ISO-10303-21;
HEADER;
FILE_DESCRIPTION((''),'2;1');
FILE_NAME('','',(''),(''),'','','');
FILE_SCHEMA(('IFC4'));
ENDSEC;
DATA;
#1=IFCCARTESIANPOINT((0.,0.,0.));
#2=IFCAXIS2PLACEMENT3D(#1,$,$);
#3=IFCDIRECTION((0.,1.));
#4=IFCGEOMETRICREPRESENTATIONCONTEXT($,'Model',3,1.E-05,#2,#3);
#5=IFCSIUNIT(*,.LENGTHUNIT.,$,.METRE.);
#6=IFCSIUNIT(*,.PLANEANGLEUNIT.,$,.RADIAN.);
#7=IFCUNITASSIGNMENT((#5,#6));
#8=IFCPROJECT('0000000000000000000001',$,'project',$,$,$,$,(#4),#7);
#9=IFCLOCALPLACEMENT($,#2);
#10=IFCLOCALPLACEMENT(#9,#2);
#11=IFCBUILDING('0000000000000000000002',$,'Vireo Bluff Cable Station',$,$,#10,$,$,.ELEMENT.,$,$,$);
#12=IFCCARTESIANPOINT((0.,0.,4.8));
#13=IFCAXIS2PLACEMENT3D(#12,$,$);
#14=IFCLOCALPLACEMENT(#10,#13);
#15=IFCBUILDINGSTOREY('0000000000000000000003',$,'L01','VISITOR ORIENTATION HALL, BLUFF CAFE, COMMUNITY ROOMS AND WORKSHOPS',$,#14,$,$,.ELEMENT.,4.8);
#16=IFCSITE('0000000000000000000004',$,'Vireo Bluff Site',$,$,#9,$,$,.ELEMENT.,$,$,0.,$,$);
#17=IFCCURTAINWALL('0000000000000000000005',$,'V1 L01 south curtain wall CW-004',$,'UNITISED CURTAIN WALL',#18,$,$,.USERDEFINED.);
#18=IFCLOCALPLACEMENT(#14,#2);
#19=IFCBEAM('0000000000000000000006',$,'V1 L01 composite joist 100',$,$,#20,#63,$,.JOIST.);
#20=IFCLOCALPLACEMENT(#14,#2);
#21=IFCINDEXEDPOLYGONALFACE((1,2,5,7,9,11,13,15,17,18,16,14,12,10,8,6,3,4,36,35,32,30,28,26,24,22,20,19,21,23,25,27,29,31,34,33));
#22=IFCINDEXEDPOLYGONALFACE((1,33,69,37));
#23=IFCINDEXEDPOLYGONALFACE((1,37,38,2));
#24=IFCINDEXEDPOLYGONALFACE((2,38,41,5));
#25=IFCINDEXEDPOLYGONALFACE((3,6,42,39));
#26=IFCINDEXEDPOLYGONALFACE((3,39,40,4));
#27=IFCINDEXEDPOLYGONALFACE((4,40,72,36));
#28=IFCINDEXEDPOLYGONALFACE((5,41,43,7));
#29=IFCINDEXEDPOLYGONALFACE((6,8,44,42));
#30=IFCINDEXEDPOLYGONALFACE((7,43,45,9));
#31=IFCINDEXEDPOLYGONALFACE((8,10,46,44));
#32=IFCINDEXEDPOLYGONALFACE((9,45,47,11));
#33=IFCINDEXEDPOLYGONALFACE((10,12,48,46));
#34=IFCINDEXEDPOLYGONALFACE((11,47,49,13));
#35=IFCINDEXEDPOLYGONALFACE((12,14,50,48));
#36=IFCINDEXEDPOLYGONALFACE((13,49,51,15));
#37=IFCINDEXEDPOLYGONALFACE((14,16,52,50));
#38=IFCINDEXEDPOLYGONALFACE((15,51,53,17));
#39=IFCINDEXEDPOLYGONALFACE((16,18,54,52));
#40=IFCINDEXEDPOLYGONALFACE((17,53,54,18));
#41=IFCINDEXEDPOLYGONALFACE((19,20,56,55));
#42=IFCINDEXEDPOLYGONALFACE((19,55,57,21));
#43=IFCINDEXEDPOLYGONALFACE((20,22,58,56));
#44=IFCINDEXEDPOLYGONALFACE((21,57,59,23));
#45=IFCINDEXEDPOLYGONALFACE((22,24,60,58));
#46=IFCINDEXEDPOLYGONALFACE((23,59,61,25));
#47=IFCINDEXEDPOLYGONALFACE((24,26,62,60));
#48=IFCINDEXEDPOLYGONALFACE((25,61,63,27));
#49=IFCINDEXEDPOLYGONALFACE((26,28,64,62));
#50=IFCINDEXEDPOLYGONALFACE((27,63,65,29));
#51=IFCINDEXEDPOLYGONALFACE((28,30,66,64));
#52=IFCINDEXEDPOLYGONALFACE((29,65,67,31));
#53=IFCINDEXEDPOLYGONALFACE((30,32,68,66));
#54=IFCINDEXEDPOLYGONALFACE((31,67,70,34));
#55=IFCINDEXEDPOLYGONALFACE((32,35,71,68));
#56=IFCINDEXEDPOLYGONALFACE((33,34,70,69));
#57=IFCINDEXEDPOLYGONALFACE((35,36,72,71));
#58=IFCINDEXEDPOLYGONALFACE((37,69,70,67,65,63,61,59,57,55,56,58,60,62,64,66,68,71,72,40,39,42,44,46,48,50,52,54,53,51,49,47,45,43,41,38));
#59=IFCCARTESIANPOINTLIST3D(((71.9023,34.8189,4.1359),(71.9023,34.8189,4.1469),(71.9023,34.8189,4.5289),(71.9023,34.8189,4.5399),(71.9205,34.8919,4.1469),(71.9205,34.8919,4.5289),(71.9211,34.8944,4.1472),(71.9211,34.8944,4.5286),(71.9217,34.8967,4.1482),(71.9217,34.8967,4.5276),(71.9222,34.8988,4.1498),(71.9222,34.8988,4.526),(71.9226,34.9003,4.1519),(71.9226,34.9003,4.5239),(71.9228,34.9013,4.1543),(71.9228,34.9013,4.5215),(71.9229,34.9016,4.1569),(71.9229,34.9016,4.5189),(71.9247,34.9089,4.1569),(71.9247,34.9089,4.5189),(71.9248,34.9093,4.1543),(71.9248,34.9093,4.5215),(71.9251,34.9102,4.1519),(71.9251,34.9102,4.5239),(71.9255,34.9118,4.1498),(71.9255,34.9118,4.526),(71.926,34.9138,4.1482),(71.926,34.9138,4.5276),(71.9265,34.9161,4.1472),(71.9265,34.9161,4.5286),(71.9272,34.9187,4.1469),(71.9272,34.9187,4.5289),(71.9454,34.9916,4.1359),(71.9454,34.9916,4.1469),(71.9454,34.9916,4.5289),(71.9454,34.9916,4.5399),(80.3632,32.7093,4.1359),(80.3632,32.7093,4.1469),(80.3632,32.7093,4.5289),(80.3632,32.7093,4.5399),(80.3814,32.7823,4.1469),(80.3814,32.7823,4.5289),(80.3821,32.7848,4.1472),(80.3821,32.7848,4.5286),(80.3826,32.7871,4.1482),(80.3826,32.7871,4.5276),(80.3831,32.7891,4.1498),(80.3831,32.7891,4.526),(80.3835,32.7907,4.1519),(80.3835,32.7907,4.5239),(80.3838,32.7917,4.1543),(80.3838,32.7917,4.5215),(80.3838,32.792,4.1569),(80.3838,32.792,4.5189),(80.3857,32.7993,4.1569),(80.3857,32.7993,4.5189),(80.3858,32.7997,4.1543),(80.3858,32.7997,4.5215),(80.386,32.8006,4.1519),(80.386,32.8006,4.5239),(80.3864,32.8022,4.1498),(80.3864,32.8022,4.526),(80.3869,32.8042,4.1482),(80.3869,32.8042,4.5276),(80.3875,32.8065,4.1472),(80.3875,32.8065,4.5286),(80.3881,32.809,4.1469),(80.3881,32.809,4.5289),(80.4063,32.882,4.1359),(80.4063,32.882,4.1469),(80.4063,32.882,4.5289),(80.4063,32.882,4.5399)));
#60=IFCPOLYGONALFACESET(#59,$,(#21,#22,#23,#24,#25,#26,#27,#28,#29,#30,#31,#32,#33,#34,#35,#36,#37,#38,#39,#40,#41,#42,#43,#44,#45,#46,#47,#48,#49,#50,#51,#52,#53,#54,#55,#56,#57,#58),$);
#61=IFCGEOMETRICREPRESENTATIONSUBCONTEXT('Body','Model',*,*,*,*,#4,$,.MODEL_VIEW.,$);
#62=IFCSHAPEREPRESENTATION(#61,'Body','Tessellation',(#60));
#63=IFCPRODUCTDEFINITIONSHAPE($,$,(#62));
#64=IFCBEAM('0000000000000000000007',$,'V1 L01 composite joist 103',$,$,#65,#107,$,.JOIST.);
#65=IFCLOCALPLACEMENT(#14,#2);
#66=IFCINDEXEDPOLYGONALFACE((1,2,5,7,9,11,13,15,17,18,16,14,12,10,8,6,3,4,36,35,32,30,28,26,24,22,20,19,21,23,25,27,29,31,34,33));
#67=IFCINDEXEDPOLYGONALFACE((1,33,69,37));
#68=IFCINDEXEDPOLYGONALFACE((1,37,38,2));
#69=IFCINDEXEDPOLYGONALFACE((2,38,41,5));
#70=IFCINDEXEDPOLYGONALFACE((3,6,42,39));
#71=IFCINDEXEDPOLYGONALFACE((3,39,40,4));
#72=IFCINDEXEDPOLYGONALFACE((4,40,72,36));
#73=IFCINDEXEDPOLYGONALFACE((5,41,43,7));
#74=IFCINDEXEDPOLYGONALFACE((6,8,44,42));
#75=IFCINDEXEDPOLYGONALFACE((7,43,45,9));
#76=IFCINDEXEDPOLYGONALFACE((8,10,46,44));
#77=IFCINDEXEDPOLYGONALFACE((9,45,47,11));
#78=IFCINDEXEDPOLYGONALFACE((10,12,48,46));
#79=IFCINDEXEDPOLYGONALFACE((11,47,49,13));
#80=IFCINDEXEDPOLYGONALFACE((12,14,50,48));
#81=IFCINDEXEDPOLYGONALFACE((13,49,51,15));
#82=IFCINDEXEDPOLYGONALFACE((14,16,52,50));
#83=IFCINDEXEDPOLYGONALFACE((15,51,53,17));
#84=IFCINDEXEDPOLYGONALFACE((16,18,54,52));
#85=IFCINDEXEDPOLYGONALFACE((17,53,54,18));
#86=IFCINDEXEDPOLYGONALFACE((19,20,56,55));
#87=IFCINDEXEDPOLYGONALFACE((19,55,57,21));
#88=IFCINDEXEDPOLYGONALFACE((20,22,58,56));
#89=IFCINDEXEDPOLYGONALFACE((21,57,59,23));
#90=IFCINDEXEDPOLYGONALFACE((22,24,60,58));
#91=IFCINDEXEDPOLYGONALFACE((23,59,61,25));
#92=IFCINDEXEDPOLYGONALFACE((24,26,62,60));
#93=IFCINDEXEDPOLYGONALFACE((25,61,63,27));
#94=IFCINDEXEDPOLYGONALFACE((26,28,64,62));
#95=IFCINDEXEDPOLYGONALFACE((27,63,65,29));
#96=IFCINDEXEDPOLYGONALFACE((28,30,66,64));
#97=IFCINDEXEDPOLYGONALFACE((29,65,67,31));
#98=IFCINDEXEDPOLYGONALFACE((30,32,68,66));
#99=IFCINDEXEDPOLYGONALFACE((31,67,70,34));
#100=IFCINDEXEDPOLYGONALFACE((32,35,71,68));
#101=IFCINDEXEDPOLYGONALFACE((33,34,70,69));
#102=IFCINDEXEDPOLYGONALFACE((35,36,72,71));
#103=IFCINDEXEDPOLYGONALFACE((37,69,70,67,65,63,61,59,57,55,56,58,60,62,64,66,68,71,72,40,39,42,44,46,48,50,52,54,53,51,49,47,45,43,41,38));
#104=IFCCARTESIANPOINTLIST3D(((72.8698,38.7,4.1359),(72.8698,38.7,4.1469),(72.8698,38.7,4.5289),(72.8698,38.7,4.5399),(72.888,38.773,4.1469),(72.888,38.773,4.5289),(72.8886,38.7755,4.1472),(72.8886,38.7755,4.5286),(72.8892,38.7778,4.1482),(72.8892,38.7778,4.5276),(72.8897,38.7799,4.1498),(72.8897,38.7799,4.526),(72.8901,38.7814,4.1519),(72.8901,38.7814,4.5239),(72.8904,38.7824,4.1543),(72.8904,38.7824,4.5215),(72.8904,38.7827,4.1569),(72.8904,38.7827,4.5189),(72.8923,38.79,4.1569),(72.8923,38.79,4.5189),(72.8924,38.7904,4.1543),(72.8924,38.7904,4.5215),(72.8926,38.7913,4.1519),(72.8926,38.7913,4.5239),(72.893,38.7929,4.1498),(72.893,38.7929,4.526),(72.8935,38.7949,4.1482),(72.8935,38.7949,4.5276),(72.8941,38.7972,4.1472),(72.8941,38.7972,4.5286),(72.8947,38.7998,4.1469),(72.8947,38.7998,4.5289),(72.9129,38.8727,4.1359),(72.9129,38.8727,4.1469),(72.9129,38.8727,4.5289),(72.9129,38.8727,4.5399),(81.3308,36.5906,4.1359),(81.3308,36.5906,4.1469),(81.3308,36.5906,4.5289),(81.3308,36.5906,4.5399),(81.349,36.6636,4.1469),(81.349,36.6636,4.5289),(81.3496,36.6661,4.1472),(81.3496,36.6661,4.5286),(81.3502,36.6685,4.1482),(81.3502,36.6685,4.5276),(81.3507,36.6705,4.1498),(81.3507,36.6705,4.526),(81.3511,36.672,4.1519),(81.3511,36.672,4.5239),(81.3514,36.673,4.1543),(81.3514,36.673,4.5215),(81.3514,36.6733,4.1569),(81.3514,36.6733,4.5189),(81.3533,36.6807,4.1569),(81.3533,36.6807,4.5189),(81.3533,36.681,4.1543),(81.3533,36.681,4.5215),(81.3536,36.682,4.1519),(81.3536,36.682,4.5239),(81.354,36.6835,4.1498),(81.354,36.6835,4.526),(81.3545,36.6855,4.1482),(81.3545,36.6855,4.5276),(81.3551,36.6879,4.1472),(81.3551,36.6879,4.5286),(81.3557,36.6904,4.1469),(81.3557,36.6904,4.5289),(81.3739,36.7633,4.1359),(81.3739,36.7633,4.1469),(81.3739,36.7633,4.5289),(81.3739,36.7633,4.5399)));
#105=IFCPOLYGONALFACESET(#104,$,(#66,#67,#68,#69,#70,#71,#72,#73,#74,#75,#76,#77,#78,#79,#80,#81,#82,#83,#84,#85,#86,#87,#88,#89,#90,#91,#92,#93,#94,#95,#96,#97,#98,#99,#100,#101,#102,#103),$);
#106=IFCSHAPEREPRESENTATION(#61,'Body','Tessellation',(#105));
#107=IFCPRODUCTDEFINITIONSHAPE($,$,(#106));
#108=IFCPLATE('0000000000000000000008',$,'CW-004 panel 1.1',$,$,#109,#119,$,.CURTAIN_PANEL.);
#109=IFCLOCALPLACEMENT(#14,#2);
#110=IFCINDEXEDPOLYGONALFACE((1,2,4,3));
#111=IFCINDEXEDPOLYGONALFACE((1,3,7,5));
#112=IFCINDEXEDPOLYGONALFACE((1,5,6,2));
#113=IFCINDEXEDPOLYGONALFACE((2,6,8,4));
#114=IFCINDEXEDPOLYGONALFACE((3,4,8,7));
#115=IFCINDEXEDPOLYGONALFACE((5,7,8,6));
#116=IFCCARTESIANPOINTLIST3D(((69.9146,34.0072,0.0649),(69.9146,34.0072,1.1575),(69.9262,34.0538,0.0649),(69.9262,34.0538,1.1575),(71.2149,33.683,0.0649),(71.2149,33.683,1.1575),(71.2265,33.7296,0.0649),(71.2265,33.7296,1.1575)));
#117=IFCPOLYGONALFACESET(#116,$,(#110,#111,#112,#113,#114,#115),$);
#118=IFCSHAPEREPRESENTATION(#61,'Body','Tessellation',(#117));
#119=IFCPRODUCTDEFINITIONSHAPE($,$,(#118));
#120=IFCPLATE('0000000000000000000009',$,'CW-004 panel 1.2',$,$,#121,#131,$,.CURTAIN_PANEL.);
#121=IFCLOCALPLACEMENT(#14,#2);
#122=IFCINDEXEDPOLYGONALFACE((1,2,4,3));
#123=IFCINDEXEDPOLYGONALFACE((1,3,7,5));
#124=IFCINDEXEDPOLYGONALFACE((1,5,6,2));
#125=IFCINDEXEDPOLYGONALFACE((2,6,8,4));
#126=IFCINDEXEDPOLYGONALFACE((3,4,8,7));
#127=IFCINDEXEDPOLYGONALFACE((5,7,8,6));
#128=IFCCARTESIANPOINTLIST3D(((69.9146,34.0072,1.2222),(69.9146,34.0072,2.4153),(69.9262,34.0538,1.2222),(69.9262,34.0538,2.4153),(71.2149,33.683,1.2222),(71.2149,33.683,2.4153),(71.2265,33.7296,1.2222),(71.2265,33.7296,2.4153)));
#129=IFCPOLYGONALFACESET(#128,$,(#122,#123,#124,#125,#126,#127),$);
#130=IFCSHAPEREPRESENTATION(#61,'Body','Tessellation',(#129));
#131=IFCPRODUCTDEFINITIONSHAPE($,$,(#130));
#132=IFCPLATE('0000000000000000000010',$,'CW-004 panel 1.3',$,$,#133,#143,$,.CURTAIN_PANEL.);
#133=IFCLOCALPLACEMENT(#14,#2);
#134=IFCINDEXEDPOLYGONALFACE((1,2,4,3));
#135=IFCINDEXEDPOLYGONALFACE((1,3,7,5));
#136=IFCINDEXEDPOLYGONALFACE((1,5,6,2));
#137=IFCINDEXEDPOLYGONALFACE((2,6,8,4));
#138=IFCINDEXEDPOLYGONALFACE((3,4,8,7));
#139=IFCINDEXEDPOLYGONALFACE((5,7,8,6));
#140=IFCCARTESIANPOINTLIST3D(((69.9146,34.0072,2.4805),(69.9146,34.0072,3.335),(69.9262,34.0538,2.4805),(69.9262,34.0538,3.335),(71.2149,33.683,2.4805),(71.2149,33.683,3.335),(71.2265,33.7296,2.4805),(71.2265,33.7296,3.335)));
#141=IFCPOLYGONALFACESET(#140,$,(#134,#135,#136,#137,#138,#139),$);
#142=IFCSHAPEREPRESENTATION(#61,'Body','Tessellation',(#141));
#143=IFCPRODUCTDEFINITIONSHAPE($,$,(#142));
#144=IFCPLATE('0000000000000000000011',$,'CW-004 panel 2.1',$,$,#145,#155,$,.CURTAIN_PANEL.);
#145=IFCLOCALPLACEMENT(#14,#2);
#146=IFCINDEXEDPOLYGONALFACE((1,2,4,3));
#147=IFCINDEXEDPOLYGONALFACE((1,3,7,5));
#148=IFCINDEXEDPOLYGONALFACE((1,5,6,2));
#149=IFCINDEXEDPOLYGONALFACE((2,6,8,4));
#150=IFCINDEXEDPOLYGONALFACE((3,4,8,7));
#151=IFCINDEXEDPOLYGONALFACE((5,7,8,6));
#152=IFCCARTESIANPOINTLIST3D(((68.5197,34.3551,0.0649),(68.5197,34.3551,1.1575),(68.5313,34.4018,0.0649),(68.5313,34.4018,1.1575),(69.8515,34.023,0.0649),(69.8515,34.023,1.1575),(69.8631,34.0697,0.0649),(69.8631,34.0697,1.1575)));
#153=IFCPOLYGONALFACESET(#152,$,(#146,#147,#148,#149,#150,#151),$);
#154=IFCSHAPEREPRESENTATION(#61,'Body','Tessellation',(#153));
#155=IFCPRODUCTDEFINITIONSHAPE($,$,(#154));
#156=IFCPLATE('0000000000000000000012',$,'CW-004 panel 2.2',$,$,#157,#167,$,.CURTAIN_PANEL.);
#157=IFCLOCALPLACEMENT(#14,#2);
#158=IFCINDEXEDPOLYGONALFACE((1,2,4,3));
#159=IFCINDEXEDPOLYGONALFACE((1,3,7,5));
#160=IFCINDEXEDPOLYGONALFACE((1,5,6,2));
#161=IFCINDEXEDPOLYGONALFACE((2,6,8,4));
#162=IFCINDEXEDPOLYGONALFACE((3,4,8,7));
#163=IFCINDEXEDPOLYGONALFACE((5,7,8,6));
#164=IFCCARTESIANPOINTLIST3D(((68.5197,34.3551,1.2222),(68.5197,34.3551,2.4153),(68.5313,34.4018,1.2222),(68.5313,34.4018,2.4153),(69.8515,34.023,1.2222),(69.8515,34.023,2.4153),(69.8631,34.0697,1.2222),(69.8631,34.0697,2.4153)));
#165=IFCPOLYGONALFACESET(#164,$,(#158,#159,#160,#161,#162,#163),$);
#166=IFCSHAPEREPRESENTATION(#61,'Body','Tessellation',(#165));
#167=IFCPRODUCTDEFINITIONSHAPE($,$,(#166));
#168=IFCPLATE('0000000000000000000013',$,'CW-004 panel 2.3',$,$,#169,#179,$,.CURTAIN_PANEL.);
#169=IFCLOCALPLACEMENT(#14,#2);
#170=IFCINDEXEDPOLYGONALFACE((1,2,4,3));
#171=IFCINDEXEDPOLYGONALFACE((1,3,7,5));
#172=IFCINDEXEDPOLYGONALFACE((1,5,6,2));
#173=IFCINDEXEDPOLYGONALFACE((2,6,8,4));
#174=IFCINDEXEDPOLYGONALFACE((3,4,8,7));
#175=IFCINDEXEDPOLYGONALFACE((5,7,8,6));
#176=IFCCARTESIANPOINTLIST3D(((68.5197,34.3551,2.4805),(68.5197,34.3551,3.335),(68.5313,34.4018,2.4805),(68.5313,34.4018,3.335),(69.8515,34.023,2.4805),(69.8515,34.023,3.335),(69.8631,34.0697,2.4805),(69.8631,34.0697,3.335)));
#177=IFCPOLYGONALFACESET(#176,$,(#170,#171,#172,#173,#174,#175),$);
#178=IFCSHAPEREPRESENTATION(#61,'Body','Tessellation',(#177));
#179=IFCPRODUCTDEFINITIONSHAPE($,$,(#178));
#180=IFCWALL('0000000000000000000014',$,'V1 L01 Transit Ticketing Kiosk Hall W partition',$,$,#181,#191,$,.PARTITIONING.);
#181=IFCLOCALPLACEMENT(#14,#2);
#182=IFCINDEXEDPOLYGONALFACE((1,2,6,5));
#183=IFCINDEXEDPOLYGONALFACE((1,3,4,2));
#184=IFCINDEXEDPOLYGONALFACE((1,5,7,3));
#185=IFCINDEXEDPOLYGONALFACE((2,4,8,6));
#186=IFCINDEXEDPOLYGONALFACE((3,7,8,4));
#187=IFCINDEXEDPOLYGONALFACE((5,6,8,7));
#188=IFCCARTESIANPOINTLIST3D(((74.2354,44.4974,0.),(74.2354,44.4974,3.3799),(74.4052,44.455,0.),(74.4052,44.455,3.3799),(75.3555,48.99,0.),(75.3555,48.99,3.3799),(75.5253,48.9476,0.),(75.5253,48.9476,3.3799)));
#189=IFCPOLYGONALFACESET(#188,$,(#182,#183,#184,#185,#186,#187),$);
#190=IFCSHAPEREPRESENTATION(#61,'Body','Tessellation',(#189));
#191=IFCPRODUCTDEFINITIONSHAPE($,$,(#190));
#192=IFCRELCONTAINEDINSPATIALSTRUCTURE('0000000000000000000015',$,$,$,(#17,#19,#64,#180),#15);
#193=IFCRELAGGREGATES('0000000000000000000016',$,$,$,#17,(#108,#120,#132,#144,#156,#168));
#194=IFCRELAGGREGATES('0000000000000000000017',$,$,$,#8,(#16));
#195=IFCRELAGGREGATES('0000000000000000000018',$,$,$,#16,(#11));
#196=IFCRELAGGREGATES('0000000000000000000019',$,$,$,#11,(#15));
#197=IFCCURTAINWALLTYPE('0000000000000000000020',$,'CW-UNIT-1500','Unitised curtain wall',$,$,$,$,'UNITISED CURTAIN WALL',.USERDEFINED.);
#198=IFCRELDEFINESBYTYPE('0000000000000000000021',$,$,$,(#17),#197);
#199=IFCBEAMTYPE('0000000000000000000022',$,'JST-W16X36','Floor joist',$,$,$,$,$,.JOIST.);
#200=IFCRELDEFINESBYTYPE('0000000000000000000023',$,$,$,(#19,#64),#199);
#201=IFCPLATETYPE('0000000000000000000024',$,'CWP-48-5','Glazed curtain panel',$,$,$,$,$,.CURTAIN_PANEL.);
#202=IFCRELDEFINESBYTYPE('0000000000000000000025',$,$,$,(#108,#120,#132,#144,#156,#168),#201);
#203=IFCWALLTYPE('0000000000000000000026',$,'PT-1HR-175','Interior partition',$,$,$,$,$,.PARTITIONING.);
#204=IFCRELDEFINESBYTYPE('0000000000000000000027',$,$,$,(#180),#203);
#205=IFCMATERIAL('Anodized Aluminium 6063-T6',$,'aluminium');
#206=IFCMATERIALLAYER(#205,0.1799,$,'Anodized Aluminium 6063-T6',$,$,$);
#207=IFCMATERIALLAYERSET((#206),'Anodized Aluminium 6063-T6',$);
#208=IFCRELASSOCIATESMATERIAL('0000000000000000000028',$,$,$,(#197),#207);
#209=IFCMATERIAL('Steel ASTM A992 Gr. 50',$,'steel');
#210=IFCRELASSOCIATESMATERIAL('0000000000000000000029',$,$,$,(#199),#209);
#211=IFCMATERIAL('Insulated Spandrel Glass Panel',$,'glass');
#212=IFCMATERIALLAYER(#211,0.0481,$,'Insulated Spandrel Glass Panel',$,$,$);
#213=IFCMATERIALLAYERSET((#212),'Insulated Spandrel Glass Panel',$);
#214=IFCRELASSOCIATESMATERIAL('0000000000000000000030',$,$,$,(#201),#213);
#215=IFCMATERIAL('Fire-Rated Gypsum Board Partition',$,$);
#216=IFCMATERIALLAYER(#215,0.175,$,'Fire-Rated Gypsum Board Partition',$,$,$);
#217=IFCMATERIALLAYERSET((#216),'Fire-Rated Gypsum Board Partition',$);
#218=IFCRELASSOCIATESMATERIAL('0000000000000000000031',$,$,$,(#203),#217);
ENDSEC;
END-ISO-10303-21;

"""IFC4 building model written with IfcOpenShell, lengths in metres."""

from ifc_helpers import new_model, si_unit, direction, frame, frame_2d, origin, origin_2d, place, context, subcontext, project, spatial, rectangle, i_section, extrude, material, layer, layer_set, material_profile, profile_set, type_object, element, aggregate, save


model = new_model("IFC4")

# Units and contexts
model_context = context("Model", 3, precision=1e-05, world=origin(), true_north=direction((0.0, 1.0)))
body_context = subcontext(model_context, "Body", "Model", "MODEL_VIEW")
ifc_project = project(units=[si_unit("LENGTHUNIT", "METRE"), si_unit("PLANEANGLEUNIT", "RADIAN")], contexts=[model_context])

# Site, building, storey
site_placement = place(None, origin())
site = spatial("IfcSite", under=ifc_project, at=site_placement, Name="Vireo Bluff Site", CompositionType="ELEMENT", RefElevation=0.0)
building_placement = place(site_placement, origin())
building = spatial("IfcBuilding", under=site, at=building_placement, Name="Vireo Bluff Cable Station", CompositionType="ELEMENT")
storey_placement = place(building_placement, frame((0.0, 0.0, 4.8)))
storey = spatial("IfcBuildingStorey", under=building, at=storey_placement, Name="L01", Description="VISITOR ORIENTATION HALL, BLUFF CAFE, COMMUNITY ROOMS AND WORKSHOPS", CompositionType="ELEMENT", Elevation=4.8)

# Shared definitions
ifc_material_1 = material(Name="Steel ASTM A992 Gr. 50", Category="steel")

# Curtain wall
ifc_material_2 = material(Name="Anodized Aluminium 6063-T6", Category="aluminium")
ifc_layer_1 = layer(ifc_material_2, 0.1799, Name="Anodized Aluminium 6063-T6")
ifc_layer_set_1 = layer_set([ifc_layer_1], Name="Anodized Aluminium 6063-T6")
curtain_wall_type = type_object("IfcCurtainWallType", Name="CW-UNIT-1500", Description="Unitised curtain wall", ElementType="UNITISED CURTAIN WALL", PredefinedType="USERDEFINED", material=ifc_layer_set_1)
curtain_wall_placement = place(storey_placement, origin())
curtain_wall = element("IfcCurtainWall", 1, at=curtain_wall_placement, inside=storey, type_object=curtain_wall_type, Name="V1 L01 south curtain wall CW-004", ObjectType="UNITISED CURTAIN WALL", PredefinedType="USERDEFINED")

# Beams
ifc_material_profile_1 = material_profile(ifc_material_1, i_section(OverallWidth=0.178, OverallDepth=0.4041, WebThickness=0.0076, FlangeThickness=0.011, FilletRadius=0.01, at=origin_2d()), Name="W16X36")
ifc_profile_set_1 = profile_set([ifc_material_profile_1], Name="Steel ASTM A992 Gr. 50")
beam_type_1 = type_object("IfcBeamType", Name="JST-W16X36", Description="Floor joist", PredefinedType="JOIST", material=ifc_profile_set_1)
for number, where, z_axis, x_axis, name in (
    (2, (71.9238, 34.9053, 4.3379), (0.970294, -0.24193, 0.0), (0.24193, 0.970294, 0.0), "V1 L01 composite joist 100"),
    (3, (72.8914, 38.7864, 4.3379), (0.9703, -0.241903, 0.0), (0.241903, 0.9703, 0.0), "V1 L01 composite joist 103"),
):
    element("IfcBeam", number, at=place(storey_placement, frame(where, z_axis=z_axis, x_axis=x_axis)), inside=storey, type_object=beam_type_1, Name=name, PredefinedType="JOIST", context=body_context, shape_type="SweptSolid", body=[
        extrude(i_section(OverallWidth=0.178, OverallDepth=0.4041, WebThickness=0.0076, FlangeThickness=0.011, FilletRadius=0.01, at=origin_2d()), origin(), (0.0, 0.0, 1.0), 8.72),
    ])

# Plates
ifc_material_3 = material(Name="Insulated Spandrel Glass Panel", Category="glass")
ifc_layer_2 = layer(ifc_material_3, 0.0481, Name="Insulated Spandrel Glass Panel")
ifc_layer_set_2 = layer_set([ifc_layer_2], Name="Insulated Spandrel Glass Panel")
plate_type = type_object("IfcPlateType", Name="CWP-48-5", Description="Glazed curtain panel", PredefinedType="CURTAIN_PANEL", material=ifc_layer_set_2)
plate_1_placement = place(storey_placement, frame((70.5706, 33.8684, 0.0649), z_axis=(0.0, 0.0, 1.0), x_axis=(-0.970296, 0.241922, 0.0)))
plate_1 = element("IfcPlate", 4, at=plate_1_placement, type_object=plate_type, Name="CW-004 panel 1.1", PredefinedType="CURTAIN_PANEL", context=body_context, shape_type="SweptSolid", body=[
    extrude(rectangle(XDim=1.3401, YDim=0.0481, at=origin_2d()), origin(), (0.0, 0.0, 1.0), 1.0925),
])
plate_2_placement = place(storey_placement, frame((70.5706, 33.8684, 1.2222), z_axis=(0.0, 0.0, 1.0), x_axis=(-0.970296, 0.241922, 0.0)))
plate_2 = element("IfcPlate", 5, at=plate_2_placement, type_object=plate_type, Name="CW-004 panel 1.2", PredefinedType="CURTAIN_PANEL", context=body_context, shape_type="SweptSolid", body=[
    extrude(rectangle(XDim=1.3401, YDim=0.0481, at=origin_2d()), origin(), (0.0, 0.0, 1.0), 1.1931),
])
plate_3_placement = place(storey_placement, frame((70.5706, 33.8684, 2.4805), z_axis=(0.0, 0.0, 1.0), x_axis=(-0.970296, 0.241922, 0.0)))
plate_3 = element("IfcPlate", 6, at=plate_3_placement, type_object=plate_type, Name="CW-004 panel 1.3", PredefinedType="CURTAIN_PANEL", context=body_context, shape_type="SweptSolid", body=[
    extrude(rectangle(XDim=1.3401, YDim=0.0481, at=origin_2d()), origin(), (0.0, 0.0, 1.0), 0.8545),
])
plate_4_placement = place(storey_placement, frame((69.1914, 34.2124, 0.0649), z_axis=(0.0, 0.0, 1.0), x_axis=(-0.970296, 0.241922, 0.0)))
plate_4 = element("IfcPlate", 7, at=plate_4_placement, type_object=plate_type, Name="CW-004 panel 2.1", PredefinedType="CURTAIN_PANEL", context=body_context, shape_type="SweptSolid", body=[
    extrude(rectangle(XDim=1.3726, YDim=0.0481, at=origin_2d()), origin(), (0.0, 0.0, 1.0), 1.0925),
])
plate_5_placement = place(storey_placement, frame((69.1914, 34.2124, 1.2222), z_axis=(0.0, 0.0, 1.0), x_axis=(-0.970296, 0.241922, 0.0)))
plate_5 = element("IfcPlate", 8, at=plate_5_placement, type_object=plate_type, Name="CW-004 panel 2.2", PredefinedType="CURTAIN_PANEL", context=body_context, shape_type="SweptSolid", body=[
    extrude(rectangle(XDim=1.3726, YDim=0.0481, at=origin_2d()), origin(), (0.0, 0.0, 1.0), 1.1931),
])
plate_6_placement = place(storey_placement, frame((69.1914, 34.2124, 2.4805), z_axis=(0.0, 0.0, 1.0), x_axis=(-0.970296, 0.241922, 0.0)))
plate_6 = element("IfcPlate", 9, at=plate_6_placement, type_object=plate_type, Name="CW-004 panel 2.3", PredefinedType="CURTAIN_PANEL", context=body_context, shape_type="SweptSolid", body=[
    extrude(rectangle(XDim=1.3726, YDim=0.0481, at=origin_2d()), origin(), (0.0, 0.0, 1.0), 0.8545),
])
aggregate(curtain_wall, [plate_1, plate_2, plate_3, plate_4, plate_5, plate_6])

# Wall
ifc_material_4 = material(Name="Fire-Rated Gypsum Board Partition")
ifc_layer_3 = layer(ifc_material_4, 0.175, Name="Fire-Rated Gypsum Board Partition")
ifc_layer_set_3 = layer_set([ifc_layer_3], Name="Fire-Rated Gypsum Board Partition")
wall_type = type_object("IfcWallType", Name="PT-1HR-175", Description="Interior partition", PredefinedType="PARTITIONING", material=ifc_layer_set_3)
wall_placement = place(storey_placement, frame((74.3203, 44.4763, 0.0), z_axis=(0.0, 0.0, 1.0), x_axis=(0.241915, 0.970297, 0.0)))
element("IfcWall", 10, at=wall_placement, inside=storey, type_object=wall_type, Name="V1 L01 Transit Ticketing Kiosk Hall W partition", PredefinedType="PARTITIONING", context=body_context, shape_type="SweptSolid", body=[
    extrude(rectangle(XDim=4.6301, YDim=0.175, at=frame_2d((2.3149, 0.0))), origin(), (0.0, 0.0, 1.0), 3.3799),
])

save(model, "model.ifc")
